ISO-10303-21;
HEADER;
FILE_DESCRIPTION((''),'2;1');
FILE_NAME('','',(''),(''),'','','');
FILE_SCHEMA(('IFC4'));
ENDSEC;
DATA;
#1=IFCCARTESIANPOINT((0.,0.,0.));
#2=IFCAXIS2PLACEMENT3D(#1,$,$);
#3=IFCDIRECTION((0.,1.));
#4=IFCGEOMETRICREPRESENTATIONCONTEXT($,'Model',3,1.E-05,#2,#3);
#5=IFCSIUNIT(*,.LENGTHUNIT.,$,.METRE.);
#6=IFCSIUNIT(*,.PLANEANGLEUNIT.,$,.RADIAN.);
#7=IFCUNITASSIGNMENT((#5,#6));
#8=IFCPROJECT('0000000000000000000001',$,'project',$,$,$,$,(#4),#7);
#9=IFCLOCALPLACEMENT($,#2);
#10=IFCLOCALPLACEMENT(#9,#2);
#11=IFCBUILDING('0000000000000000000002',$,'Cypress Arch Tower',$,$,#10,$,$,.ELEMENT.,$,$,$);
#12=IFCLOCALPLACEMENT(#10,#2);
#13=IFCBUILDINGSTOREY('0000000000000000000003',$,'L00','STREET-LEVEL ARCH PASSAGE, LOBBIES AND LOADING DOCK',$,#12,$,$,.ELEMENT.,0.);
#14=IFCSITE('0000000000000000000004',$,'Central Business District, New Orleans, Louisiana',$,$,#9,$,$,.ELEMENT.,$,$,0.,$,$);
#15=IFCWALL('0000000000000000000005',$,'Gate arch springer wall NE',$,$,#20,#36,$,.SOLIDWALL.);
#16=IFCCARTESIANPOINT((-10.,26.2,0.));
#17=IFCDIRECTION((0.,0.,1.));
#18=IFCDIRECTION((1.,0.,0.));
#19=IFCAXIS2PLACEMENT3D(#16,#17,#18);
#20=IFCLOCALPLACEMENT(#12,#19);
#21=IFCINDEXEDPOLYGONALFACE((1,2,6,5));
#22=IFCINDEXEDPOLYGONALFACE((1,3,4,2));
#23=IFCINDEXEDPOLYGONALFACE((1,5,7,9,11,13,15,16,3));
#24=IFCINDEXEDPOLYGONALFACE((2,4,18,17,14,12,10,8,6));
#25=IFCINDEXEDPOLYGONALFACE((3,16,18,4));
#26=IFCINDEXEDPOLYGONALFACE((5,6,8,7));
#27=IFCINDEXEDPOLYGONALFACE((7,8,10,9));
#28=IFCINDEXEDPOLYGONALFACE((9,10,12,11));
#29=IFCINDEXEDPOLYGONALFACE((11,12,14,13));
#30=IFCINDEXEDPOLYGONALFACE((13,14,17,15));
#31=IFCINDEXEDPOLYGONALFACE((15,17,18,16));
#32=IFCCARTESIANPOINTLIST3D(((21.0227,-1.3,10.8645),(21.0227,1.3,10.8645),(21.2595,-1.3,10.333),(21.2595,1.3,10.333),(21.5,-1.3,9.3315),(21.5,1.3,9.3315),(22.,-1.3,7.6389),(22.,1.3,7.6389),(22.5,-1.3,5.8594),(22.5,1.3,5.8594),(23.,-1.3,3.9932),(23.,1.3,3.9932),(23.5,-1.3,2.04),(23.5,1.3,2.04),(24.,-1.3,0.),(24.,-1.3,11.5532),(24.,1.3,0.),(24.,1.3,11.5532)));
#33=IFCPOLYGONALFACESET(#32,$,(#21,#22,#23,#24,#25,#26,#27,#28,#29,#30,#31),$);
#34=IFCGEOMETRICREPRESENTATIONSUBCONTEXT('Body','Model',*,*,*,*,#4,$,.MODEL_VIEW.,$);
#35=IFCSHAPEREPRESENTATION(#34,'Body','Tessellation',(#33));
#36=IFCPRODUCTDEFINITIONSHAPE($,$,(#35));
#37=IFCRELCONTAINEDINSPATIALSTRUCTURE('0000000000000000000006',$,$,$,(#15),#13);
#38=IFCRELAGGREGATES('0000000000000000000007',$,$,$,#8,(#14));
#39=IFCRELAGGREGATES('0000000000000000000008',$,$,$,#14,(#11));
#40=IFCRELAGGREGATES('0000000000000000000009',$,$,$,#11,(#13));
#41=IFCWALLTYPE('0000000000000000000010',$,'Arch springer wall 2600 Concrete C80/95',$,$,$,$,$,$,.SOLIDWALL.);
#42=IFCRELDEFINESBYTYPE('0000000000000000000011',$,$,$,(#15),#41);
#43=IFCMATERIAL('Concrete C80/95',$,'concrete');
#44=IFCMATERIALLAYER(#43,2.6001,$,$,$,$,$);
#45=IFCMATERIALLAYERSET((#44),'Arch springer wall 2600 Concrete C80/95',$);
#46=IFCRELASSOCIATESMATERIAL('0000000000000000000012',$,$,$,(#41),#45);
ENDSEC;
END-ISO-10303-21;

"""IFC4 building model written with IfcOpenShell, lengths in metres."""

from ifc_helpers import new_model, si_unit, direction, frame, origin, place, context, subcontext, project, spatial, polyline, outline, extrude, material, layer, layer_set, type_object, element, save


model = new_model("IFC4")

# Units and contexts
model_context = context("Model", 3, precision=1e-05, world=origin(), true_north=direction((0.0, 1.0)))
body_context = subcontext(model_context, "Body", "Model", "MODEL_VIEW")
ifc_project = project(units=[si_unit("LENGTHUNIT", "METRE"), si_unit("PLANEANGLEUNIT", "RADIAN")], contexts=[model_context])

# Site, building, storey
site_placement = place(None, origin())
site = spatial("IfcSite", under=ifc_project, at=site_placement, Name="Central Business District, New Orleans, Louisiana", CompositionType="ELEMENT", RefElevation=0.0)
building_placement = place(site_placement, origin())
building = spatial("IfcBuilding", under=site, at=building_placement, Name="Cypress Arch Tower", CompositionType="ELEMENT")
storey_placement = place(building_placement, origin())
storey = spatial("IfcBuildingStorey", under=building, at=storey_placement, Name="L00", Description="STREET-LEVEL ARCH PASSAGE, LOBBIES AND LOADING DOCK", CompositionType="ELEMENT", Elevation=0.0)

# Wall
ifc_material_1 = material(Name="Concrete C80/95", Category="concrete")
ifc_layer_1 = layer(ifc_material_1, 2.6001)
ifc_layer_set_1 = layer_set([ifc_layer_1], Name="Arch springer wall 2600 Concrete C80/95")
wall_type_1 = type_object("IfcWallType", Name="Arch springer wall 2600 Concrete C80/95", PredefinedType="SOLIDWALL", material=ifc_layer_set_1)
wall_1_placement = place(storey_placement, frame((-10.0, 26.2, 0.0), z_axis=(0.0, 0.0, 1.0), x_axis=(1.0, 0.0, 0.0)))
element("IfcWall", 1, at=wall_1_placement, inside=storey, type_object=wall_type_1, Name="Gate arch springer wall NE", PredefinedType="SOLIDWALL", context=body_context, shape_type="SweptSolid", body=[
    extrude(outline(polyline([(24.0, 0.0), (23.5, 2.04), (23.0, 3.9932), (22.5, 5.8594), (22.0, 7.6389), (21.5, 9.3315), (21.0227, 10.8645), (21.2595, 10.333), (24.0, 11.5532), (24.0, 0.0)])), frame((0.0, 1.3, 0.0), z_axis=(0.0, -1.0, 0.0), x_axis=(1.0, 0.0, 0.0)), (0.0, 0.0, 1.0), 2.6001),
])

save(model, "model.ifc")
